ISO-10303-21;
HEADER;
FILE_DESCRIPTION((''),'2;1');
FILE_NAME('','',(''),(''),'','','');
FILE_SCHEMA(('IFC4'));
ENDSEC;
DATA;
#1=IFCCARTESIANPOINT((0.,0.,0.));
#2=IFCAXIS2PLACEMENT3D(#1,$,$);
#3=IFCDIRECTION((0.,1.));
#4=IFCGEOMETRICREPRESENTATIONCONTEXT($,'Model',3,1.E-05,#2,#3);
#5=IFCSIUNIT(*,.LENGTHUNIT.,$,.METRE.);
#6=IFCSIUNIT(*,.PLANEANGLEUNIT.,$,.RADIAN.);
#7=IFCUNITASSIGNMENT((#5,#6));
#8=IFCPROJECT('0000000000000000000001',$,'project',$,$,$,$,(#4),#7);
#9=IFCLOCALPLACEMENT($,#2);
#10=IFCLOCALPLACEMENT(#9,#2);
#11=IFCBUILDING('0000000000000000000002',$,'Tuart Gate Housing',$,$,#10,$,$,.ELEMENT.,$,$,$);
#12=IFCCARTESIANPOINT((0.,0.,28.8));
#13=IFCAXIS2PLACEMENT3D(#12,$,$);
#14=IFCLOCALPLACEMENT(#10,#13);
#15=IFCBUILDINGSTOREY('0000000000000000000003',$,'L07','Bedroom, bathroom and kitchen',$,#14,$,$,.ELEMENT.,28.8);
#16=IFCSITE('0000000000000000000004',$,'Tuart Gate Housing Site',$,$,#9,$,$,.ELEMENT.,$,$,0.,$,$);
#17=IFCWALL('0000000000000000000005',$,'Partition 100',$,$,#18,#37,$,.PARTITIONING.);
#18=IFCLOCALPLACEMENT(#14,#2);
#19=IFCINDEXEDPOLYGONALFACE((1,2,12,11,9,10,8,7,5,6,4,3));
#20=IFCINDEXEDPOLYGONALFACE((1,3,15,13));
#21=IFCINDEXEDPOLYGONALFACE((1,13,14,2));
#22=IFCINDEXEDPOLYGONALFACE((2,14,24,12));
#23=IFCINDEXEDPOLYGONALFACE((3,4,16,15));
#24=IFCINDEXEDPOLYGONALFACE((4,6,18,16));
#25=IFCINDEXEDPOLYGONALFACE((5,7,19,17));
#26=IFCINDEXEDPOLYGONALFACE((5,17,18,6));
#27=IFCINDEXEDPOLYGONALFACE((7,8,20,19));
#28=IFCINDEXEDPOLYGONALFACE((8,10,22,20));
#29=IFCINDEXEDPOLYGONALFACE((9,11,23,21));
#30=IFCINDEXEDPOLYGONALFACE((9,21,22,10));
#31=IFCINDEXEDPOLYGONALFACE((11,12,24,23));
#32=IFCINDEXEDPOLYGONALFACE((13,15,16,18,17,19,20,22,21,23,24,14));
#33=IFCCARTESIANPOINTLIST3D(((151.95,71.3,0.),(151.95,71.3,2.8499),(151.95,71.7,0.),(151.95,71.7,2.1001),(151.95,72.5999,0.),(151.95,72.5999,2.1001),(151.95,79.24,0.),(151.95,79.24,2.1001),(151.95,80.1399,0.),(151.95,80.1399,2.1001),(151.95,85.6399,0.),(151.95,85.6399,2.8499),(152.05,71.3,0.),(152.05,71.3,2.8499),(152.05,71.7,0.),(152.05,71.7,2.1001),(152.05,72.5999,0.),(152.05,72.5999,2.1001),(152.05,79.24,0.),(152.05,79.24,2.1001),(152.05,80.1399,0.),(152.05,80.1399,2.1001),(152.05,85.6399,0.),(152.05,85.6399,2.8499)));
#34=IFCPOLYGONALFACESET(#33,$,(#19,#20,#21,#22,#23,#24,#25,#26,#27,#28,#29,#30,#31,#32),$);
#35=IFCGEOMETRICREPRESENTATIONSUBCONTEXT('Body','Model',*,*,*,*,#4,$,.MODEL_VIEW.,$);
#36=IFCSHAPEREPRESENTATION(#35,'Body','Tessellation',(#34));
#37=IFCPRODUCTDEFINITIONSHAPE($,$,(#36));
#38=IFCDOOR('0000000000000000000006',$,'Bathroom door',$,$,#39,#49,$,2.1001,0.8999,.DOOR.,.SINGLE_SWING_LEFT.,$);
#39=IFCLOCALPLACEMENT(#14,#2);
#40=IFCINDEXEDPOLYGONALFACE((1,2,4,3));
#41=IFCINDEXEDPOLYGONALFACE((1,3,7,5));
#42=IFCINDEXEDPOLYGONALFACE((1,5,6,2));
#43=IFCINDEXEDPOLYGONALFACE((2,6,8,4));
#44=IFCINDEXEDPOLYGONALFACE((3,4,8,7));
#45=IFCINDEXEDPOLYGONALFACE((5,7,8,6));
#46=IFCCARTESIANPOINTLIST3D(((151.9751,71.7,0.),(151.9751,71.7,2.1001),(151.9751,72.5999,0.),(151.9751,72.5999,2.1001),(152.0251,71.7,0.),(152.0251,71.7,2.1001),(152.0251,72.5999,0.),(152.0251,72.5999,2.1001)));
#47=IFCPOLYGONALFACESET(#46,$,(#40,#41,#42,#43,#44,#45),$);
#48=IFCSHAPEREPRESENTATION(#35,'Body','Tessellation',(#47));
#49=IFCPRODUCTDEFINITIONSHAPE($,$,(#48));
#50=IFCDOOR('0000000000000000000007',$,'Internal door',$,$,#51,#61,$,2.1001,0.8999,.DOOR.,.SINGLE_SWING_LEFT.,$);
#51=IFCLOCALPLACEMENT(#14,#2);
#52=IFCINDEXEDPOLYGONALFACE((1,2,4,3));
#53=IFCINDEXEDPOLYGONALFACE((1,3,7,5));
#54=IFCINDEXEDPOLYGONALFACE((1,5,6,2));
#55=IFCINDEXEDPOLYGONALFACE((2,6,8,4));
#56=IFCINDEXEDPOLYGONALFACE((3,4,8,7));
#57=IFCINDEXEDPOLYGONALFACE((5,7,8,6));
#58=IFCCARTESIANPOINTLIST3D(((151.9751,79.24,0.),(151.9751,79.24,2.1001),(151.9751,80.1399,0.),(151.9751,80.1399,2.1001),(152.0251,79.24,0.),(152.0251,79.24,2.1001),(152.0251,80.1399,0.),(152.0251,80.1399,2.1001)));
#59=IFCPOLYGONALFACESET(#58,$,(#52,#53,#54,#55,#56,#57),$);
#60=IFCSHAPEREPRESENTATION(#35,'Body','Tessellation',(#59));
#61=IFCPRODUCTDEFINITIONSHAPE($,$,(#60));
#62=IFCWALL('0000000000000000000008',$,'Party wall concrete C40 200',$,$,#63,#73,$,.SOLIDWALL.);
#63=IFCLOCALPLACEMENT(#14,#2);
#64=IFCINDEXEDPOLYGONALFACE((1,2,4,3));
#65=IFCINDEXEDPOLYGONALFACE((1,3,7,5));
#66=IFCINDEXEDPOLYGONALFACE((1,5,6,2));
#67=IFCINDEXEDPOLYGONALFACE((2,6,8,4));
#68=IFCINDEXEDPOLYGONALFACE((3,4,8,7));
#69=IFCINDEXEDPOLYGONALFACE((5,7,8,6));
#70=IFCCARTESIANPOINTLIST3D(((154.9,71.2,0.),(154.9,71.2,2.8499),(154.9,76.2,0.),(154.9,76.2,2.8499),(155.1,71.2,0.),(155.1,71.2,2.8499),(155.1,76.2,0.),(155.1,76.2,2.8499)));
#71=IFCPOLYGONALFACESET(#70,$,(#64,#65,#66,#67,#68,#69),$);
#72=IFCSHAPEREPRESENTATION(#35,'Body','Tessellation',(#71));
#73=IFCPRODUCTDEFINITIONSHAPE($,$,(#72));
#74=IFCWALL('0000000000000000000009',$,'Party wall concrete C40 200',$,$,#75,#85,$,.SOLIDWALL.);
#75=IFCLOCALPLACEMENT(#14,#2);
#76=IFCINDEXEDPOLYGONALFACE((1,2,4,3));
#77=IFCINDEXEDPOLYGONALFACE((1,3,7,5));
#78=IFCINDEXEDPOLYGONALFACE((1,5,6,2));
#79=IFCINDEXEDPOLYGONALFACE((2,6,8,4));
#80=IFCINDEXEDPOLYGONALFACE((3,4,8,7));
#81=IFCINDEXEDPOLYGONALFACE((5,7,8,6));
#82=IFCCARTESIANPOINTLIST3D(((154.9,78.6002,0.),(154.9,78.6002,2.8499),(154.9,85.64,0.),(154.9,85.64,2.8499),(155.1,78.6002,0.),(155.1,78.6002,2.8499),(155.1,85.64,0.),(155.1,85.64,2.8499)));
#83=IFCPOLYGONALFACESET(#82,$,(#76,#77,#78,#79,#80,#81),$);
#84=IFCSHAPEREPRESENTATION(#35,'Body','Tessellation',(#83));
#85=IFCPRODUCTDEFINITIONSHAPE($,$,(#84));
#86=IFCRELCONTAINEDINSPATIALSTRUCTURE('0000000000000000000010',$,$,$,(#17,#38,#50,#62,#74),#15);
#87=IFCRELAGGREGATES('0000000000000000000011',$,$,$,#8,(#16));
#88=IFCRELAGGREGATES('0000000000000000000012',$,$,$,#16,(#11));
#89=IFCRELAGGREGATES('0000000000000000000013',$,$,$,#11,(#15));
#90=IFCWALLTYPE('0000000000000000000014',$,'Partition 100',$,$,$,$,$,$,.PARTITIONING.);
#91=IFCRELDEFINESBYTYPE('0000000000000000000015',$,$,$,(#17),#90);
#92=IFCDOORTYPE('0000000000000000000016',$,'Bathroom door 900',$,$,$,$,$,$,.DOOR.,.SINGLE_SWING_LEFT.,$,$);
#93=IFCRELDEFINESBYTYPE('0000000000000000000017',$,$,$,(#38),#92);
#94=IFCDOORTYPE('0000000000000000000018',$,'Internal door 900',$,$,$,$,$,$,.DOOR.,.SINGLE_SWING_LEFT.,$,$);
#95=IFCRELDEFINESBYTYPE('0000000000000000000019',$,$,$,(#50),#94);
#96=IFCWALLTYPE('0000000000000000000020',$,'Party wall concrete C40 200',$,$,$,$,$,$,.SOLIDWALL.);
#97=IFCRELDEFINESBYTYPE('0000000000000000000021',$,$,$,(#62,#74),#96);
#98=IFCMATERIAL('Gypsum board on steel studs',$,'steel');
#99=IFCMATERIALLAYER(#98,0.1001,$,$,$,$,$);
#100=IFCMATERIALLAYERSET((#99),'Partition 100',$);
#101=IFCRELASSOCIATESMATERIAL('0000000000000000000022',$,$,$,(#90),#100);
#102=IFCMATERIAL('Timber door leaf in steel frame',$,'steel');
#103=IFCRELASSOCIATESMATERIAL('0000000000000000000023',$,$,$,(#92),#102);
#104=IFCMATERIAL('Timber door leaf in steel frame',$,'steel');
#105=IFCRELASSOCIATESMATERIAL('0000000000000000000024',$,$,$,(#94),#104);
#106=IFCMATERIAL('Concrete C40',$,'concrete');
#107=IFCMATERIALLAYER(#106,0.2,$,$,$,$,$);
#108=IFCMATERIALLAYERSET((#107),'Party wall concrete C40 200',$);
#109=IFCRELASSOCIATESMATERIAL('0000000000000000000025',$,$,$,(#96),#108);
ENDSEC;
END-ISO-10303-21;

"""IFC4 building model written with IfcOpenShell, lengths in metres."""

from ifc_helpers import new_model, si_unit, direction, frame, frame_2d, origin, place, context, subcontext, project, spatial, rectangle, extrude, material, layer, layer_set, type_object, element, fill, save


model = new_model("IFC4")

# Units and contexts
model_context = context("Model", 3, precision=1e-05, world=origin(), true_north=direction((0.0, 1.0)))
body_context = subcontext(model_context, "Body", "Model", "MODEL_VIEW")
ifc_project = project(units=[si_unit("LENGTHUNIT", "METRE"), si_unit("PLANEANGLEUNIT", "RADIAN")], contexts=[model_context])

# Site, building, storey
site_placement = place(None, origin())
site = spatial("IfcSite", under=ifc_project, at=site_placement, Name="Tuart Gate Housing Site", CompositionType="ELEMENT", RefElevation=0.0)
building_placement = place(site_placement, origin())
building = spatial("IfcBuilding", under=site, at=building_placement, Name="Tuart Gate Housing", CompositionType="ELEMENT")
storey_placement = place(building_placement, frame((0.0, 0.0, 28.8)))
storey = spatial("IfcBuildingStorey", under=building, at=storey_placement, Name="L07", Description="Bedroom, bathroom and kitchen", CompositionType="ELEMENT", Elevation=28.8)

# Shared definitions
ifc_material_1 = material(Name="Gypsum board on steel studs", Category="steel")
ifc_layer_1 = layer(ifc_material_1, 0.1001)
ifc_layer_set_1 = layer_set([ifc_layer_1], Name="Partition 100")
wall_type_1 = type_object("IfcWallType", Name="Partition 100", PredefinedType="PARTITIONING", material=ifc_layer_set_1)

# Wall, openings, doors
wall_1_placement = place(storey_placement, frame((152.0, 71.3, 0.0), z_axis=(0.0, 0.0, 1.0), x_axis=(0.0, 1.0, 0.0)))
wall_1 = element("IfcWall", 1, at=wall_1_placement, inside=storey, type_object=wall_type_1, Name="Partition 100", PredefinedType="PARTITIONING", context=body_context, shape_type="SweptSolid", body=[
    extrude(rectangle(XDim=14.3398, YDim=0.1001, at=frame_2d((7.1699, 0.0))), origin(), (0.0, 0.0, 1.0), 2.8499),
])
opening_1_placement = place(wall_1_placement, frame((7.9399, 0.0, 0.0)))
opening_1 = element("IfcOpeningElement", 2, at=opening_1_placement, cuts=wall_1, PredefinedType="OPENING", context=body_context, shape_type="SweptSolid", body=[
    extrude(rectangle(XDim=0.8999, YDim=2.1001, at=frame_2d((0.45, 1.05))), frame((0.0, 0.0601, 0.0), z_axis=(0.0, -1.0, 0.0), x_axis=(1.0, 0.0, 0.0)), (0.0, 0.0, 1.0), 0.1201),
])
opening_2_placement = place(wall_1_placement, frame((0.3999, 0.0, 0.0)))
opening_2 = element("IfcOpeningElement", 3, at=opening_2_placement, cuts=wall_1, PredefinedType="OPENING", context=body_context, shape_type="SweptSolid", body=[
    extrude(rectangle(XDim=0.8999, YDim=2.1001, at=frame_2d((0.45, 1.05))), frame((0.0, 0.0601, 0.0), z_axis=(0.0, -1.0, 0.0), x_axis=(1.0, 0.0, 0.0)), (0.0, 0.0, 1.0), 0.1201),
])
ifc_material_2 = material(Name="Timber door leaf in steel frame", Category="steel")
door_type_1 = type_object("IfcDoorType", Name="Bathroom door 900", OperationType="SINGLE_SWING_LEFT", PredefinedType="DOOR", material=ifc_material_2)
door_1_placement = place(opening_2_placement, origin())
door_1 = element("IfcDoor", 4, at=door_1_placement, inside=storey, type_object=door_type_1, Name="Bathroom door", OperationType="SINGLE_SWING_LEFT", OverallHeight=2.1001, OverallWidth=0.8999, PredefinedType="DOOR", context=body_context, shape_type="SweptSolid", body=[
    extrude(rectangle(XDim=0.8999, YDim=2.1001, at=frame_2d((0.45, 1.05))), frame((0.0, 0.0249, 0.0), z_axis=(0.0, -1.0, 0.0), x_axis=(1.0, 0.0, 0.0)), (0.0, 0.0, 1.0), 0.05),
])
fill(opening_2, door_1)
ifc_material_3 = material(Name="Timber door leaf in steel frame", Category="steel")
door_type_2 = type_object("IfcDoorType", Name="Internal door 900", OperationType="SINGLE_SWING_LEFT", PredefinedType="DOOR", material=ifc_material_3)
door_2_placement = place(opening_1_placement, origin())
door_2 = element("IfcDoor", 5, at=door_2_placement, inside=storey, type_object=door_type_2, Name="Internal door", OperationType="SINGLE_SWING_LEFT", OverallHeight=2.1001, OverallWidth=0.8999, PredefinedType="DOOR", context=body_context, shape_type="SweptSolid", body=[
    extrude(rectangle(XDim=0.8999, YDim=2.1001, at=frame_2d((0.45, 1.05))), frame((0.0, 0.0249, 0.0), z_axis=(0.0, -1.0, 0.0), x_axis=(1.0, 0.0, 0.0)), (0.0, 0.0, 1.0), 0.05),
])
fill(opening_1, door_2)

# Walls
ifc_material_4 = material(Name="Concrete C40", Category="concrete")
ifc_layer_2 = layer(ifc_material_4, 0.2)
ifc_layer_set_2 = layer_set([ifc_layer_2], Name="Party wall concrete C40 200")
wall_type_2 = type_object("IfcWallType", Name="Party wall concrete C40 200", PredefinedType="SOLIDWALL", material=ifc_layer_set_2)
wall_2_placement = place(storey_placement, frame((155.0, 71.2, 0.0), z_axis=(0.0, 0.0, 1.0), x_axis=(0.0, 1.0, 0.0)))
element("IfcWall", 6, at=wall_2_placement, inside=storey, type_object=wall_type_2, Name="Party wall concrete C40 200", PredefinedType="SOLIDWALL", context=body_context, shape_type="SweptSolid", body=[
    extrude(rectangle(XDim=5.0, YDim=0.2, at=frame_2d((2.5, 0.0))), origin(), (0.0, 0.0, 1.0), 2.8499),
])
wall_3_placement = place(storey_placement, frame((155.0, 78.6001, 0.0), z_axis=(0.0, 0.0, 1.0), x_axis=(0.0, 1.0, 0.0)))
element("IfcWall", 7, at=wall_3_placement, inside=storey, type_object=wall_type_2, Name="Party wall concrete C40 200", PredefinedType="SOLIDWALL", context=body_context, shape_type="SweptSolid", body=[
    extrude(rectangle(XDim=7.0398, YDim=0.2, at=frame_2d((3.52, 0.0))), origin(), (0.0, 0.0, 1.0), 2.8499),
])

save(model, "model.ifc")
